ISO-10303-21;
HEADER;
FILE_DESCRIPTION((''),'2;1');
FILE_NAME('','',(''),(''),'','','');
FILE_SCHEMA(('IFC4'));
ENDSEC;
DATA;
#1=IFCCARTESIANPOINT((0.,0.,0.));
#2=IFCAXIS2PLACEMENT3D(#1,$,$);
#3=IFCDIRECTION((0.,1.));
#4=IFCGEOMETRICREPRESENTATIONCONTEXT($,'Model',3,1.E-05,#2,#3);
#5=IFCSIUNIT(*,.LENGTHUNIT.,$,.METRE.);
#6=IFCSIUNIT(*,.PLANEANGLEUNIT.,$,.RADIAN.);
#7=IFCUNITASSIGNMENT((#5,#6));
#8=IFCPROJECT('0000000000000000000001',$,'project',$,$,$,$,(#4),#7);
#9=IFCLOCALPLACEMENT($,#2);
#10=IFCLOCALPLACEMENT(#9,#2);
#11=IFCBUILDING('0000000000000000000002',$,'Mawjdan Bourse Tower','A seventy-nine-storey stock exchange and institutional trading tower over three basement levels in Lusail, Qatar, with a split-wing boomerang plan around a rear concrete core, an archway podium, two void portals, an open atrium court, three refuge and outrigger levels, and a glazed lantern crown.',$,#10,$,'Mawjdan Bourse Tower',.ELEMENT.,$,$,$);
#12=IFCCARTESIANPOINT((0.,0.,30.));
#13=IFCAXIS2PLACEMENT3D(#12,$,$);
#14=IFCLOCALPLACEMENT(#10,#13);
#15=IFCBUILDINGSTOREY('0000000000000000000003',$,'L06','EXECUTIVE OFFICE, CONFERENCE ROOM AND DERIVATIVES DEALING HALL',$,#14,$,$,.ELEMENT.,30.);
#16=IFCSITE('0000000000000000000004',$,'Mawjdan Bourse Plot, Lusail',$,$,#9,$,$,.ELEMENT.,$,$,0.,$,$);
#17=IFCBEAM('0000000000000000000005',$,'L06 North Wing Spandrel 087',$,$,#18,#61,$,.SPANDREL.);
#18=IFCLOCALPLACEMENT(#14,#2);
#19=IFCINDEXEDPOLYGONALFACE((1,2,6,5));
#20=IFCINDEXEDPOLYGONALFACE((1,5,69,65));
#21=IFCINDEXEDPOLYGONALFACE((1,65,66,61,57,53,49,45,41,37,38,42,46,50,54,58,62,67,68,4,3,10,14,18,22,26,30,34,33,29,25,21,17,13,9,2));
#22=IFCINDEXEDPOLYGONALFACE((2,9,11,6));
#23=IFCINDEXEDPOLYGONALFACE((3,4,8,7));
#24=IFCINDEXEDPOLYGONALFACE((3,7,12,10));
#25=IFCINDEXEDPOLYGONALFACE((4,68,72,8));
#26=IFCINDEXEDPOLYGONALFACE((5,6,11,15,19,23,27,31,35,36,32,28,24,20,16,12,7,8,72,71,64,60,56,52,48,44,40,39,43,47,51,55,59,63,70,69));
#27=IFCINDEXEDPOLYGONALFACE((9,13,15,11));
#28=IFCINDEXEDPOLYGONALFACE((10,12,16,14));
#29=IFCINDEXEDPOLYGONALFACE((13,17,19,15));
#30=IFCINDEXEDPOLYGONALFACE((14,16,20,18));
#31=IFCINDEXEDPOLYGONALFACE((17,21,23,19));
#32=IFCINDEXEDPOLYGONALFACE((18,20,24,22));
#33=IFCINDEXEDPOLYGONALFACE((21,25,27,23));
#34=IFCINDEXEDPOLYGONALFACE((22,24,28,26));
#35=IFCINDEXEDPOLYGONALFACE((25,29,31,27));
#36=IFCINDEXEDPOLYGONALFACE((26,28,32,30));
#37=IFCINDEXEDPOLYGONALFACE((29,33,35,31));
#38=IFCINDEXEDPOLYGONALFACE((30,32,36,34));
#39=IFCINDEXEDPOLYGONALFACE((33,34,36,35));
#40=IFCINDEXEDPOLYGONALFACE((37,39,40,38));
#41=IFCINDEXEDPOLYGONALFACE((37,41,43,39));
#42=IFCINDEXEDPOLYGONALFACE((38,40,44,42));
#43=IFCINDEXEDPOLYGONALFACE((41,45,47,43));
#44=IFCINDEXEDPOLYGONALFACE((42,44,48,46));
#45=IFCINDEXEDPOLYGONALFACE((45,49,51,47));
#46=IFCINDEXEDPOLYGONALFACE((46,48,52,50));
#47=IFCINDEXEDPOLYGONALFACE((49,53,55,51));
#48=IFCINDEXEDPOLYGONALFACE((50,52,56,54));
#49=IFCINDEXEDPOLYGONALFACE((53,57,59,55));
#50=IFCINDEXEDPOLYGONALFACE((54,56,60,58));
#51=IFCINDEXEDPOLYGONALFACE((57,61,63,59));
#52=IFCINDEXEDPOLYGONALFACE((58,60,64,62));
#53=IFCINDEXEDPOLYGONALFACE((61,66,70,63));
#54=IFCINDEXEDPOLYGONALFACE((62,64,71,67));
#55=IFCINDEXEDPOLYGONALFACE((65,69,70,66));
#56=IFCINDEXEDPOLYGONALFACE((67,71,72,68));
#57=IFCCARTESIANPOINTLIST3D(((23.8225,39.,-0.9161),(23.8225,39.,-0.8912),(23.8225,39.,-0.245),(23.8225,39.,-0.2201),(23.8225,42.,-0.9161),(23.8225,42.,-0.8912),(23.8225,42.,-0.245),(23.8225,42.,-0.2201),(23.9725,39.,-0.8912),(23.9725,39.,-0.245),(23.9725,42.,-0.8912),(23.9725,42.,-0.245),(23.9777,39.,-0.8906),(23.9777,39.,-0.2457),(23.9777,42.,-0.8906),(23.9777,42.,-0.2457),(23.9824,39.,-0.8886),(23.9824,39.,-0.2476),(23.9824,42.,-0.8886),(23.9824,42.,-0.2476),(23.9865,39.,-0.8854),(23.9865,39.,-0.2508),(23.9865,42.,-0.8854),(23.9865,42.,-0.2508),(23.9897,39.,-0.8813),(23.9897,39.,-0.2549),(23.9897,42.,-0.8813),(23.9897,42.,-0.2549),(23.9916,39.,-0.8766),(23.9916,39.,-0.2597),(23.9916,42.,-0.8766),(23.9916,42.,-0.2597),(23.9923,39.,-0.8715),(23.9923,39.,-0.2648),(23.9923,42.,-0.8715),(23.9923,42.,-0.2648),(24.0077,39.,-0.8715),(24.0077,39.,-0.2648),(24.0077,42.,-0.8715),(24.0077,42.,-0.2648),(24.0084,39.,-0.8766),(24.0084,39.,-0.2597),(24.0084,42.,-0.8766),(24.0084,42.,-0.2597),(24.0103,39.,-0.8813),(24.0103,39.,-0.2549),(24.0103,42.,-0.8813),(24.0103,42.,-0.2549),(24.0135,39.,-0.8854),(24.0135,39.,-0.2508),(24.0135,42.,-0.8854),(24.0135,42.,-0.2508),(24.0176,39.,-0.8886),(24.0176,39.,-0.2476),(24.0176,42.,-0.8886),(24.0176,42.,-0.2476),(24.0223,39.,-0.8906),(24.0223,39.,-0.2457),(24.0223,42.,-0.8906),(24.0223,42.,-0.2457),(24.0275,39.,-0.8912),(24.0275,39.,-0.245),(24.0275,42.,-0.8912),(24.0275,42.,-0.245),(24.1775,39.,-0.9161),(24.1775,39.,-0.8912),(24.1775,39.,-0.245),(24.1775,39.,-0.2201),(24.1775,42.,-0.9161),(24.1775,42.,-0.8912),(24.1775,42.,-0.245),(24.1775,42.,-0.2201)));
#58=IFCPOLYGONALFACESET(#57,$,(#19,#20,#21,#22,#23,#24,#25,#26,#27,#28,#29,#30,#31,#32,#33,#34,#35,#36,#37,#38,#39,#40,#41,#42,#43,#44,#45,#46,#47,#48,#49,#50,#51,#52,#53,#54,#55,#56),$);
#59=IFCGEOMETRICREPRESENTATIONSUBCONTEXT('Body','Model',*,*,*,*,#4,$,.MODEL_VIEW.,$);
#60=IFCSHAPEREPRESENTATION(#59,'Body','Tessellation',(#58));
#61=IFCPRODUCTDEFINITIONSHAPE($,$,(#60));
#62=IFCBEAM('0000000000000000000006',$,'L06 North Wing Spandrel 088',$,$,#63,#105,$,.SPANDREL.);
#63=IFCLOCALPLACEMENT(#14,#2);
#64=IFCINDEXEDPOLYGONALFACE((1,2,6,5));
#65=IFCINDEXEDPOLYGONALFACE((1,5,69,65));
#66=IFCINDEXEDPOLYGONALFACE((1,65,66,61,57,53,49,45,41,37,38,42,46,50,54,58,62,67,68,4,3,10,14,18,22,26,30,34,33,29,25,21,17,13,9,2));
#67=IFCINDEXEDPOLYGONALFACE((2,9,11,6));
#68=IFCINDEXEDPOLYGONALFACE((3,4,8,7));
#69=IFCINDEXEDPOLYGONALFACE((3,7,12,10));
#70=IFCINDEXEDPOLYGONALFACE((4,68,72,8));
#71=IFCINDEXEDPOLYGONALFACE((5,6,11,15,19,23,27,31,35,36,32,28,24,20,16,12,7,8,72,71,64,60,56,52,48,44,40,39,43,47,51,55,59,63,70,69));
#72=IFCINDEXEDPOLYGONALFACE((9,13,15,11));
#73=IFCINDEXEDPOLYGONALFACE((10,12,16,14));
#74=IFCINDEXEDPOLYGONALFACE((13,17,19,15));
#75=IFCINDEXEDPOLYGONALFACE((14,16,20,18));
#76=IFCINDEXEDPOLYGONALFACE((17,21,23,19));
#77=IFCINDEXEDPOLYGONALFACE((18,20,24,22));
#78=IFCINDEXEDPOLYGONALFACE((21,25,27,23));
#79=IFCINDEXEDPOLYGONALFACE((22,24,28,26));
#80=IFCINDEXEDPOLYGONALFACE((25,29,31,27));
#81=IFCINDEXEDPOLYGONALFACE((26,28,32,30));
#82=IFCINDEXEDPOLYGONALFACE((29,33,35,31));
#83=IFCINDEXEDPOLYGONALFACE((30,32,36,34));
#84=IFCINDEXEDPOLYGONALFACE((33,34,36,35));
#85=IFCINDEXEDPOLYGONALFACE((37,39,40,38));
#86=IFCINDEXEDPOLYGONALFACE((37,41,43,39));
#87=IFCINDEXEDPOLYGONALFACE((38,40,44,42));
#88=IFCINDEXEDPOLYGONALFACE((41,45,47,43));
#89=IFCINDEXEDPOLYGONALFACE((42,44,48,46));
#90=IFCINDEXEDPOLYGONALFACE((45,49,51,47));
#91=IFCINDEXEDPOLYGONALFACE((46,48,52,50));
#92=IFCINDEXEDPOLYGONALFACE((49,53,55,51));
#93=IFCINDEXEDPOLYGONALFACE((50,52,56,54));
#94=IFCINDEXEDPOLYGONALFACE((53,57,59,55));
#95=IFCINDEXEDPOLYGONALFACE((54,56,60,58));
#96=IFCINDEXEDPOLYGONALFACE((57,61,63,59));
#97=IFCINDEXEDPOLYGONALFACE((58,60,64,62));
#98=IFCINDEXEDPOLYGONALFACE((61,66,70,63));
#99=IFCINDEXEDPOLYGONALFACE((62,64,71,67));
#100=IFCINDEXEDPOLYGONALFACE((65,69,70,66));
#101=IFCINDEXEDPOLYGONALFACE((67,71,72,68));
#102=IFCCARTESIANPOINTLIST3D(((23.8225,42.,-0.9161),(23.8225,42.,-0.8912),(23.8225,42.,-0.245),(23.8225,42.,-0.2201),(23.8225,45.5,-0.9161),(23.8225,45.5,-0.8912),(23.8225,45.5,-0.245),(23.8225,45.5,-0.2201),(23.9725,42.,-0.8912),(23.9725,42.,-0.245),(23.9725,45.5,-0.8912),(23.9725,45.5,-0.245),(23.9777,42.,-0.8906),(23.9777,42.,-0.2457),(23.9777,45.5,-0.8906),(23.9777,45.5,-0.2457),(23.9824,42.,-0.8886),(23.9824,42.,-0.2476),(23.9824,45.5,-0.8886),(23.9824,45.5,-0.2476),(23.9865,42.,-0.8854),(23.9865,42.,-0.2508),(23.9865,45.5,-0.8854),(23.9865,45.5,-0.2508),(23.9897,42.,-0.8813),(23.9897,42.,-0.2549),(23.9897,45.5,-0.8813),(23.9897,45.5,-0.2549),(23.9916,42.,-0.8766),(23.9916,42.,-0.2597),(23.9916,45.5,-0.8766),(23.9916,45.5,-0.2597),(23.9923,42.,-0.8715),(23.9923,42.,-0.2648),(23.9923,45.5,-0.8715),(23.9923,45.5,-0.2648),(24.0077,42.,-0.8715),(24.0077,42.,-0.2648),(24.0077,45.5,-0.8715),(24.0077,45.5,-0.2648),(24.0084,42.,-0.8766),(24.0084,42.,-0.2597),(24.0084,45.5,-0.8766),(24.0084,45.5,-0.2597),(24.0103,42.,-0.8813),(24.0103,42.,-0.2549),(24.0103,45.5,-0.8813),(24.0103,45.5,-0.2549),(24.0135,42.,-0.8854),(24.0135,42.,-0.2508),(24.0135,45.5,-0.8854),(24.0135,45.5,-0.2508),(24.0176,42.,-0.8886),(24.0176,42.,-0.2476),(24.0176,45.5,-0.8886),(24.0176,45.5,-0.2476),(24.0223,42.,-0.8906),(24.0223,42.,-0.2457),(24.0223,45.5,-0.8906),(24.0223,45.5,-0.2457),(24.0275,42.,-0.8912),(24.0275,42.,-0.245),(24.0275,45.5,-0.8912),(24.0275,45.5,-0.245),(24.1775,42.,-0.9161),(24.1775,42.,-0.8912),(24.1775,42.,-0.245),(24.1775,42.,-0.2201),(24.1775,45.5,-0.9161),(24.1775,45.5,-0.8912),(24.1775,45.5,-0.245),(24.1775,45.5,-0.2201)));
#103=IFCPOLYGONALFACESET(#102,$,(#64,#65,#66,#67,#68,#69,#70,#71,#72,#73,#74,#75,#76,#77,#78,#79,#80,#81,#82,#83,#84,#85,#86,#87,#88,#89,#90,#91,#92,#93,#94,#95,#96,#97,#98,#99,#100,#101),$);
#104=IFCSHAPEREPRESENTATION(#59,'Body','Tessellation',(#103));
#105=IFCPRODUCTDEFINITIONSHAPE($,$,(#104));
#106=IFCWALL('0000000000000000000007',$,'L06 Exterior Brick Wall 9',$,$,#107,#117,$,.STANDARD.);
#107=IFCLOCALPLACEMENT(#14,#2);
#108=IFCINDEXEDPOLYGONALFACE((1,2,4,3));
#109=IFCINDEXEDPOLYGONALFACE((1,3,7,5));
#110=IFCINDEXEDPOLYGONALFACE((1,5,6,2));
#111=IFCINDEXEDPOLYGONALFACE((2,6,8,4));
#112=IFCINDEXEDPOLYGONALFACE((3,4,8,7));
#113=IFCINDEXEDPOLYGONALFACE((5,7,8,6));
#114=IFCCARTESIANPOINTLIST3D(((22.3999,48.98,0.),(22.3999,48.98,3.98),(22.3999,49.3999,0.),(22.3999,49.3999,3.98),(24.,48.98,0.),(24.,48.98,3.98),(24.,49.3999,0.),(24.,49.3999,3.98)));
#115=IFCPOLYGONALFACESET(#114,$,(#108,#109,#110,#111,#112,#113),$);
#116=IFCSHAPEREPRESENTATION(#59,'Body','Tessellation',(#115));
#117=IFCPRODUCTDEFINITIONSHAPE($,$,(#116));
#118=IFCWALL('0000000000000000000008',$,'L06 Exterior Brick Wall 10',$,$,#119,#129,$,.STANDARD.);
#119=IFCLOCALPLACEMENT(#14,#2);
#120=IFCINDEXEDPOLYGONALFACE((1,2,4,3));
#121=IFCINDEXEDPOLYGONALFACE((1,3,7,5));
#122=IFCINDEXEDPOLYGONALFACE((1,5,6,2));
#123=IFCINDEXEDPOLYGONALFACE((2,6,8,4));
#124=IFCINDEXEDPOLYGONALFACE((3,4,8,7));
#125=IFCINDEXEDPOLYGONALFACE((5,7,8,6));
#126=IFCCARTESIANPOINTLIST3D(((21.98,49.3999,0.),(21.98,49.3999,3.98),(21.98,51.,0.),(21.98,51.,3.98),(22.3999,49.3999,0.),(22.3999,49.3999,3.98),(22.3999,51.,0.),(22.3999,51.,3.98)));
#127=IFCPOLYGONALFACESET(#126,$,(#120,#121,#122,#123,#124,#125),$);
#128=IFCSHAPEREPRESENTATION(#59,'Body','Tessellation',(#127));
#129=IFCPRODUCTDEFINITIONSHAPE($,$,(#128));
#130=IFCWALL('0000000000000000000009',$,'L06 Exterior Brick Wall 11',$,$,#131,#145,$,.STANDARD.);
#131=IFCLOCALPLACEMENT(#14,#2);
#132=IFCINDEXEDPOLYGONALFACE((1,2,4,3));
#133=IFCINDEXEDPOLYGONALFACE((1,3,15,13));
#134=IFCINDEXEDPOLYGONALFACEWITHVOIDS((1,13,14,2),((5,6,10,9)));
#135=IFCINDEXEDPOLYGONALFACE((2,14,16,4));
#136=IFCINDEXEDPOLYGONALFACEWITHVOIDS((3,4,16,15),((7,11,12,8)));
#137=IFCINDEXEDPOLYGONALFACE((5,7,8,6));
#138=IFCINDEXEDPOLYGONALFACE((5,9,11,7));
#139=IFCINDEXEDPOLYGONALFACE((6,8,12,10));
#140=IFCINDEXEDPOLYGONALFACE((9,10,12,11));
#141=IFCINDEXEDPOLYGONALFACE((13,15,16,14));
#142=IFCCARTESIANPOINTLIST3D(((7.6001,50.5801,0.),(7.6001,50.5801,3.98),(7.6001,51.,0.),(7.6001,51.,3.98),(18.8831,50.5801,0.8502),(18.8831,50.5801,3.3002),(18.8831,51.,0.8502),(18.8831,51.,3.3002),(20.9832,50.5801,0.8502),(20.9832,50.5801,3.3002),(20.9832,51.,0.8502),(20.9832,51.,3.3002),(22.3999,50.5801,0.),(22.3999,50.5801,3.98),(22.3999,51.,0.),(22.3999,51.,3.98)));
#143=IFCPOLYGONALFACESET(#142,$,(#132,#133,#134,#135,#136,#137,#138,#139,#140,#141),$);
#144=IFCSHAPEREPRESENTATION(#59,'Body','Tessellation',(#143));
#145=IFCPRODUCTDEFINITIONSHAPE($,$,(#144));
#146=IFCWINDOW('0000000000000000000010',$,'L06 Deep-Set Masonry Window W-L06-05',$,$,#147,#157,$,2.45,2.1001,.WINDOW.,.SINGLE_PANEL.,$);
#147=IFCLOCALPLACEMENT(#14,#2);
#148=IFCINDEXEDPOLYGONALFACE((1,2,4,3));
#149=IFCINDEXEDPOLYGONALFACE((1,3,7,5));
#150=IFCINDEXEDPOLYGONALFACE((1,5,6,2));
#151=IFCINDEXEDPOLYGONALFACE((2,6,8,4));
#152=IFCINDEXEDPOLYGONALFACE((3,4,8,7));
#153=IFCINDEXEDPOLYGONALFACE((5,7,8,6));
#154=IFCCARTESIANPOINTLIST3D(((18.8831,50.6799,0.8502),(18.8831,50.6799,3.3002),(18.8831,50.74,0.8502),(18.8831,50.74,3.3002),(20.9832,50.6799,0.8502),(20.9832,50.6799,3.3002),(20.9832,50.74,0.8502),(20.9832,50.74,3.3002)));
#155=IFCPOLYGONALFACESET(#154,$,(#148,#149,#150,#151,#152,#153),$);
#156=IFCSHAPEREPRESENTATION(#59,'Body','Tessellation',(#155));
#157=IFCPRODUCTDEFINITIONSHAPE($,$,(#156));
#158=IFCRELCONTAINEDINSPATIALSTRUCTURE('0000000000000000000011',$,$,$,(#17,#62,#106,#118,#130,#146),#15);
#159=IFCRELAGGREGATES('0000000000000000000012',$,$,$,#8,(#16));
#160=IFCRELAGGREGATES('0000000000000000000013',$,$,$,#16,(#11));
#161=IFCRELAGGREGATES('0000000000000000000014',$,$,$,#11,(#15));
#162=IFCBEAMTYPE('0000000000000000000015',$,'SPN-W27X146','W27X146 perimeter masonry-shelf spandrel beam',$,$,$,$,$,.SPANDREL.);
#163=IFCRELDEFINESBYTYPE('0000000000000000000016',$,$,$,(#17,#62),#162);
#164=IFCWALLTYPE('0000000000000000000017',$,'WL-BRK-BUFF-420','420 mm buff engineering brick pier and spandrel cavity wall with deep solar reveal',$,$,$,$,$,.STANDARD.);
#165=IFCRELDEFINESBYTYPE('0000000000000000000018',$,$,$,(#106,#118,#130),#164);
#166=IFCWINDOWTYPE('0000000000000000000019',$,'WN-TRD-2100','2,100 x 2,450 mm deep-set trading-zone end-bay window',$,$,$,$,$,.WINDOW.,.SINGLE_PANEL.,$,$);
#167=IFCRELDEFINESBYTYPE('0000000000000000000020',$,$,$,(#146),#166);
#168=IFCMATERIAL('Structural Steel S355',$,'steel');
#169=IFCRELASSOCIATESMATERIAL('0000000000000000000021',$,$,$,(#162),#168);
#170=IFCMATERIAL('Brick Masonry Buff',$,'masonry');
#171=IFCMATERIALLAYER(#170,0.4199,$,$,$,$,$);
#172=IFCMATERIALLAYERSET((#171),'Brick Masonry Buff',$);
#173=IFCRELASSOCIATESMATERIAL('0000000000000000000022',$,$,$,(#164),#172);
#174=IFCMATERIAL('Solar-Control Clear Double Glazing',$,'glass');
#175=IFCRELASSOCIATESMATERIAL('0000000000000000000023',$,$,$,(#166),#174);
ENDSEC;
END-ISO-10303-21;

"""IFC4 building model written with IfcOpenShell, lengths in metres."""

from ifc_helpers import new_model, si_unit, direction, frame, frame_2d, origin, origin_2d, place, context, subcontext, project, spatial, rectangle, i_section, extrude, material, layer, layer_set, material_profile, profile_set, type_object, element, fill, save


model = new_model("IFC4")

# Units and contexts
model_context = context("Model", 3, precision=1e-05, world=origin(), true_north=direction((0.0, 1.0)))
body_context = subcontext(model_context, "Body", "Model", "MODEL_VIEW")
ifc_project = project(units=[si_unit("LENGTHUNIT", "METRE"), si_unit("PLANEANGLEUNIT", "RADIAN")], contexts=[model_context])

# Site, building, storey
site_placement = place(None, origin())
site = spatial("IfcSite", under=ifc_project, at=site_placement, Name="Mawjdan Bourse Plot, Lusail", CompositionType="ELEMENT", RefElevation=0.0)
building_placement = place(site_placement, origin())
building = spatial("IfcBuilding", under=site, at=building_placement, Name="Mawjdan Bourse Tower", Description="A seventy-nine-storey stock exchange and institutional trading tower over three basement levels in Lusail, Qatar, with a split-wing boomerang plan around a rear concrete core, an archway podium, two void portals, an open atrium court, three refuge and outrigger levels, and a glazed lantern crown.", LongName="Mawjdan Bourse Tower", CompositionType="ELEMENT")
storey_placement = place(building_placement, frame((0.0, 0.0, 30.0)))
storey = spatial("IfcBuildingStorey", under=building, at=storey_placement, Name="L06", Description="EXECUTIVE OFFICE, CONFERENCE ROOM AND DERIVATIVES DEALING HALL", CompositionType="ELEMENT", Elevation=30.0)

# Beams
ifc_material_1 = material(Name="Structural Steel S355", Category="steel")
ifc_material_profile_1 = material_profile(ifc_material_1, i_section(OverallWidth=0.355, OverallDepth=0.696, WebThickness=0.0154, FlangeThickness=0.0249, FilletRadius=0.0198, at=origin_2d()), Name="W27X146")
ifc_profile_set_1 = profile_set([ifc_material_profile_1], Name="Structural Steel S355")
beam_type_1 = type_object("IfcBeamType", Name="SPN-W27X146", Description="W27X146 perimeter masonry-shelf spandrel beam", PredefinedType="SPANDREL", material=ifc_profile_set_1)
for number, where, z_axis, x_axis, name in (
    (1, (24.0, 39.0, -0.5681), (0.0, 1.0, 0.0), (-1.0, 0.0, 0.0), "L06 North Wing Spandrel 087"),
):
    element("IfcBeam", number, at=place(storey_placement, frame(where, z_axis=z_axis, x_axis=x_axis)), inside=storey, type_object=beam_type_1, Name=name, PredefinedType="SPANDREL", context=body_context, shape_type="SweptSolid", body=[
        extrude(i_section(OverallWidth=0.355, OverallDepth=0.696, WebThickness=0.0154, FlangeThickness=0.0249, FilletRadius=0.0198, at=origin_2d()), origin(), (0.0, 0.0, 1.0), 3.0),
    ])
beam_1_placement = place(storey_placement, frame((24.0, 42.0, -0.5681), z_axis=(0.0, 1.0, 0.0), x_axis=(-1.0, 0.0, 0.0)))
element("IfcBeam", 2, at=beam_1_placement, inside=storey, type_object=beam_type_1, Name="L06 North Wing Spandrel 088", PredefinedType="SPANDREL", context=body_context, shape_type="SweptSolid", body=[
    extrude(i_section(OverallWidth=0.355, OverallDepth=0.696, WebThickness=0.0154, FlangeThickness=0.0249, FilletRadius=0.0198, at=origin_2d()), origin(), (0.0, 0.0, 1.0), 3.5),
])

# Walls
ifc_material_2 = material(Name="Brick Masonry Buff", Category="masonry")
ifc_layer = layer(ifc_material_2, 0.4199)
ifc_layer_set = layer_set([ifc_layer], Name="Brick Masonry Buff")
wall_type = type_object("IfcWallType", Name="WL-BRK-BUFF-420", Description="420 mm buff engineering brick pier and spandrel cavity wall with deep solar reveal", PredefinedType="STANDARD", material=ifc_layer_set)
for number, where, z_axis, x_axis, name in (
    (3, (24.0, 49.1899, 0.0), (0.0, 0.0, 1.0), (-1.0, 0.0, 0.0), "L06 Exterior Brick Wall 9"),
    (4, (22.1899, 49.3999, 0.0), (0.0, 0.0, 1.0), (0.0, 1.0, 0.0), "L06 Exterior Brick Wall 10"),
):
    element("IfcWall", number, at=place(storey_placement, frame(where, z_axis=z_axis, x_axis=x_axis)), inside=storey, type_object=wall_type, Name=name, PredefinedType="STANDARD", context=body_context, shape_type="SweptSolid", body=[
        extrude(rectangle(XDim=1.6001, YDim=0.4199, at=frame_2d((0.8, 0.0))), origin(), (0.0, 0.0, 1.0), 3.98),
    ])

# Wall, opening, window
wall_placement = place(storey_placement, frame((22.3999, 50.79, 0.0), z_axis=(0.0, 0.0, 1.0), x_axis=(-1.0, 0.0, 0.0)))
wall = element("IfcWall", 5, at=wall_placement, inside=storey, type_object=wall_type, Name="L06 Exterior Brick Wall 11", PredefinedType="STANDARD", context=body_context, shape_type="SweptSolid", body=[
    extrude(rectangle(XDim=14.7998, YDim=0.4199, at=frame_2d((7.3999, 0.0))), origin(), (0.0, 0.0, 1.0), 3.98),
])
opening_placement = place(wall_placement, frame((1.4167, 0.0, 0.8501)))
opening = element("IfcOpeningElement", 6, at=opening_placement, cuts=wall, PredefinedType="OPENING", context=body_context, shape_type="SweptSolid", body=[
    extrude(rectangle(XDim=2.1001, YDim=2.45, at=frame_2d((1.05, 1.2251))), frame((0.0, 0.22, 0.0), z_axis=(0.0, -1.0, 0.0), x_axis=(1.0, 0.0, 0.0)), (0.0, 0.0, 1.0), 0.4399),
])
ifc_material_3 = material(Name="Solar-Control Clear Double Glazing", Category="glass")
window_type = type_object("IfcWindowType", Name="WN-TRD-2100", Description="2,100 x 2,450 mm deep-set trading-zone end-bay window", PartitioningType="SINGLE_PANEL", PredefinedType="WINDOW", material=ifc_material_3)
window_placement = place(opening_placement, origin())
window = element("IfcWindow", 7, at=window_placement, inside=storey, type_object=window_type, Name="L06 Deep-Set Masonry Window W-L06-05", OverallHeight=2.45, OverallWidth=2.1001, PartitioningType="SINGLE_PANEL", PredefinedType="WINDOW", context=body_context, shape_type="SweptSolid", body=[
    extrude(rectangle(XDim=2.1001, YDim=2.45, at=frame_2d((1.05, 1.2251))), frame((0.0, 0.1101, 0.0), z_axis=(0.0, -1.0, 0.0), x_axis=(1.0, 0.0, 0.0)), (0.0, 0.0, 1.0), 0.0601),
])
fill(opening, window)

save(model, "model.ifc")
